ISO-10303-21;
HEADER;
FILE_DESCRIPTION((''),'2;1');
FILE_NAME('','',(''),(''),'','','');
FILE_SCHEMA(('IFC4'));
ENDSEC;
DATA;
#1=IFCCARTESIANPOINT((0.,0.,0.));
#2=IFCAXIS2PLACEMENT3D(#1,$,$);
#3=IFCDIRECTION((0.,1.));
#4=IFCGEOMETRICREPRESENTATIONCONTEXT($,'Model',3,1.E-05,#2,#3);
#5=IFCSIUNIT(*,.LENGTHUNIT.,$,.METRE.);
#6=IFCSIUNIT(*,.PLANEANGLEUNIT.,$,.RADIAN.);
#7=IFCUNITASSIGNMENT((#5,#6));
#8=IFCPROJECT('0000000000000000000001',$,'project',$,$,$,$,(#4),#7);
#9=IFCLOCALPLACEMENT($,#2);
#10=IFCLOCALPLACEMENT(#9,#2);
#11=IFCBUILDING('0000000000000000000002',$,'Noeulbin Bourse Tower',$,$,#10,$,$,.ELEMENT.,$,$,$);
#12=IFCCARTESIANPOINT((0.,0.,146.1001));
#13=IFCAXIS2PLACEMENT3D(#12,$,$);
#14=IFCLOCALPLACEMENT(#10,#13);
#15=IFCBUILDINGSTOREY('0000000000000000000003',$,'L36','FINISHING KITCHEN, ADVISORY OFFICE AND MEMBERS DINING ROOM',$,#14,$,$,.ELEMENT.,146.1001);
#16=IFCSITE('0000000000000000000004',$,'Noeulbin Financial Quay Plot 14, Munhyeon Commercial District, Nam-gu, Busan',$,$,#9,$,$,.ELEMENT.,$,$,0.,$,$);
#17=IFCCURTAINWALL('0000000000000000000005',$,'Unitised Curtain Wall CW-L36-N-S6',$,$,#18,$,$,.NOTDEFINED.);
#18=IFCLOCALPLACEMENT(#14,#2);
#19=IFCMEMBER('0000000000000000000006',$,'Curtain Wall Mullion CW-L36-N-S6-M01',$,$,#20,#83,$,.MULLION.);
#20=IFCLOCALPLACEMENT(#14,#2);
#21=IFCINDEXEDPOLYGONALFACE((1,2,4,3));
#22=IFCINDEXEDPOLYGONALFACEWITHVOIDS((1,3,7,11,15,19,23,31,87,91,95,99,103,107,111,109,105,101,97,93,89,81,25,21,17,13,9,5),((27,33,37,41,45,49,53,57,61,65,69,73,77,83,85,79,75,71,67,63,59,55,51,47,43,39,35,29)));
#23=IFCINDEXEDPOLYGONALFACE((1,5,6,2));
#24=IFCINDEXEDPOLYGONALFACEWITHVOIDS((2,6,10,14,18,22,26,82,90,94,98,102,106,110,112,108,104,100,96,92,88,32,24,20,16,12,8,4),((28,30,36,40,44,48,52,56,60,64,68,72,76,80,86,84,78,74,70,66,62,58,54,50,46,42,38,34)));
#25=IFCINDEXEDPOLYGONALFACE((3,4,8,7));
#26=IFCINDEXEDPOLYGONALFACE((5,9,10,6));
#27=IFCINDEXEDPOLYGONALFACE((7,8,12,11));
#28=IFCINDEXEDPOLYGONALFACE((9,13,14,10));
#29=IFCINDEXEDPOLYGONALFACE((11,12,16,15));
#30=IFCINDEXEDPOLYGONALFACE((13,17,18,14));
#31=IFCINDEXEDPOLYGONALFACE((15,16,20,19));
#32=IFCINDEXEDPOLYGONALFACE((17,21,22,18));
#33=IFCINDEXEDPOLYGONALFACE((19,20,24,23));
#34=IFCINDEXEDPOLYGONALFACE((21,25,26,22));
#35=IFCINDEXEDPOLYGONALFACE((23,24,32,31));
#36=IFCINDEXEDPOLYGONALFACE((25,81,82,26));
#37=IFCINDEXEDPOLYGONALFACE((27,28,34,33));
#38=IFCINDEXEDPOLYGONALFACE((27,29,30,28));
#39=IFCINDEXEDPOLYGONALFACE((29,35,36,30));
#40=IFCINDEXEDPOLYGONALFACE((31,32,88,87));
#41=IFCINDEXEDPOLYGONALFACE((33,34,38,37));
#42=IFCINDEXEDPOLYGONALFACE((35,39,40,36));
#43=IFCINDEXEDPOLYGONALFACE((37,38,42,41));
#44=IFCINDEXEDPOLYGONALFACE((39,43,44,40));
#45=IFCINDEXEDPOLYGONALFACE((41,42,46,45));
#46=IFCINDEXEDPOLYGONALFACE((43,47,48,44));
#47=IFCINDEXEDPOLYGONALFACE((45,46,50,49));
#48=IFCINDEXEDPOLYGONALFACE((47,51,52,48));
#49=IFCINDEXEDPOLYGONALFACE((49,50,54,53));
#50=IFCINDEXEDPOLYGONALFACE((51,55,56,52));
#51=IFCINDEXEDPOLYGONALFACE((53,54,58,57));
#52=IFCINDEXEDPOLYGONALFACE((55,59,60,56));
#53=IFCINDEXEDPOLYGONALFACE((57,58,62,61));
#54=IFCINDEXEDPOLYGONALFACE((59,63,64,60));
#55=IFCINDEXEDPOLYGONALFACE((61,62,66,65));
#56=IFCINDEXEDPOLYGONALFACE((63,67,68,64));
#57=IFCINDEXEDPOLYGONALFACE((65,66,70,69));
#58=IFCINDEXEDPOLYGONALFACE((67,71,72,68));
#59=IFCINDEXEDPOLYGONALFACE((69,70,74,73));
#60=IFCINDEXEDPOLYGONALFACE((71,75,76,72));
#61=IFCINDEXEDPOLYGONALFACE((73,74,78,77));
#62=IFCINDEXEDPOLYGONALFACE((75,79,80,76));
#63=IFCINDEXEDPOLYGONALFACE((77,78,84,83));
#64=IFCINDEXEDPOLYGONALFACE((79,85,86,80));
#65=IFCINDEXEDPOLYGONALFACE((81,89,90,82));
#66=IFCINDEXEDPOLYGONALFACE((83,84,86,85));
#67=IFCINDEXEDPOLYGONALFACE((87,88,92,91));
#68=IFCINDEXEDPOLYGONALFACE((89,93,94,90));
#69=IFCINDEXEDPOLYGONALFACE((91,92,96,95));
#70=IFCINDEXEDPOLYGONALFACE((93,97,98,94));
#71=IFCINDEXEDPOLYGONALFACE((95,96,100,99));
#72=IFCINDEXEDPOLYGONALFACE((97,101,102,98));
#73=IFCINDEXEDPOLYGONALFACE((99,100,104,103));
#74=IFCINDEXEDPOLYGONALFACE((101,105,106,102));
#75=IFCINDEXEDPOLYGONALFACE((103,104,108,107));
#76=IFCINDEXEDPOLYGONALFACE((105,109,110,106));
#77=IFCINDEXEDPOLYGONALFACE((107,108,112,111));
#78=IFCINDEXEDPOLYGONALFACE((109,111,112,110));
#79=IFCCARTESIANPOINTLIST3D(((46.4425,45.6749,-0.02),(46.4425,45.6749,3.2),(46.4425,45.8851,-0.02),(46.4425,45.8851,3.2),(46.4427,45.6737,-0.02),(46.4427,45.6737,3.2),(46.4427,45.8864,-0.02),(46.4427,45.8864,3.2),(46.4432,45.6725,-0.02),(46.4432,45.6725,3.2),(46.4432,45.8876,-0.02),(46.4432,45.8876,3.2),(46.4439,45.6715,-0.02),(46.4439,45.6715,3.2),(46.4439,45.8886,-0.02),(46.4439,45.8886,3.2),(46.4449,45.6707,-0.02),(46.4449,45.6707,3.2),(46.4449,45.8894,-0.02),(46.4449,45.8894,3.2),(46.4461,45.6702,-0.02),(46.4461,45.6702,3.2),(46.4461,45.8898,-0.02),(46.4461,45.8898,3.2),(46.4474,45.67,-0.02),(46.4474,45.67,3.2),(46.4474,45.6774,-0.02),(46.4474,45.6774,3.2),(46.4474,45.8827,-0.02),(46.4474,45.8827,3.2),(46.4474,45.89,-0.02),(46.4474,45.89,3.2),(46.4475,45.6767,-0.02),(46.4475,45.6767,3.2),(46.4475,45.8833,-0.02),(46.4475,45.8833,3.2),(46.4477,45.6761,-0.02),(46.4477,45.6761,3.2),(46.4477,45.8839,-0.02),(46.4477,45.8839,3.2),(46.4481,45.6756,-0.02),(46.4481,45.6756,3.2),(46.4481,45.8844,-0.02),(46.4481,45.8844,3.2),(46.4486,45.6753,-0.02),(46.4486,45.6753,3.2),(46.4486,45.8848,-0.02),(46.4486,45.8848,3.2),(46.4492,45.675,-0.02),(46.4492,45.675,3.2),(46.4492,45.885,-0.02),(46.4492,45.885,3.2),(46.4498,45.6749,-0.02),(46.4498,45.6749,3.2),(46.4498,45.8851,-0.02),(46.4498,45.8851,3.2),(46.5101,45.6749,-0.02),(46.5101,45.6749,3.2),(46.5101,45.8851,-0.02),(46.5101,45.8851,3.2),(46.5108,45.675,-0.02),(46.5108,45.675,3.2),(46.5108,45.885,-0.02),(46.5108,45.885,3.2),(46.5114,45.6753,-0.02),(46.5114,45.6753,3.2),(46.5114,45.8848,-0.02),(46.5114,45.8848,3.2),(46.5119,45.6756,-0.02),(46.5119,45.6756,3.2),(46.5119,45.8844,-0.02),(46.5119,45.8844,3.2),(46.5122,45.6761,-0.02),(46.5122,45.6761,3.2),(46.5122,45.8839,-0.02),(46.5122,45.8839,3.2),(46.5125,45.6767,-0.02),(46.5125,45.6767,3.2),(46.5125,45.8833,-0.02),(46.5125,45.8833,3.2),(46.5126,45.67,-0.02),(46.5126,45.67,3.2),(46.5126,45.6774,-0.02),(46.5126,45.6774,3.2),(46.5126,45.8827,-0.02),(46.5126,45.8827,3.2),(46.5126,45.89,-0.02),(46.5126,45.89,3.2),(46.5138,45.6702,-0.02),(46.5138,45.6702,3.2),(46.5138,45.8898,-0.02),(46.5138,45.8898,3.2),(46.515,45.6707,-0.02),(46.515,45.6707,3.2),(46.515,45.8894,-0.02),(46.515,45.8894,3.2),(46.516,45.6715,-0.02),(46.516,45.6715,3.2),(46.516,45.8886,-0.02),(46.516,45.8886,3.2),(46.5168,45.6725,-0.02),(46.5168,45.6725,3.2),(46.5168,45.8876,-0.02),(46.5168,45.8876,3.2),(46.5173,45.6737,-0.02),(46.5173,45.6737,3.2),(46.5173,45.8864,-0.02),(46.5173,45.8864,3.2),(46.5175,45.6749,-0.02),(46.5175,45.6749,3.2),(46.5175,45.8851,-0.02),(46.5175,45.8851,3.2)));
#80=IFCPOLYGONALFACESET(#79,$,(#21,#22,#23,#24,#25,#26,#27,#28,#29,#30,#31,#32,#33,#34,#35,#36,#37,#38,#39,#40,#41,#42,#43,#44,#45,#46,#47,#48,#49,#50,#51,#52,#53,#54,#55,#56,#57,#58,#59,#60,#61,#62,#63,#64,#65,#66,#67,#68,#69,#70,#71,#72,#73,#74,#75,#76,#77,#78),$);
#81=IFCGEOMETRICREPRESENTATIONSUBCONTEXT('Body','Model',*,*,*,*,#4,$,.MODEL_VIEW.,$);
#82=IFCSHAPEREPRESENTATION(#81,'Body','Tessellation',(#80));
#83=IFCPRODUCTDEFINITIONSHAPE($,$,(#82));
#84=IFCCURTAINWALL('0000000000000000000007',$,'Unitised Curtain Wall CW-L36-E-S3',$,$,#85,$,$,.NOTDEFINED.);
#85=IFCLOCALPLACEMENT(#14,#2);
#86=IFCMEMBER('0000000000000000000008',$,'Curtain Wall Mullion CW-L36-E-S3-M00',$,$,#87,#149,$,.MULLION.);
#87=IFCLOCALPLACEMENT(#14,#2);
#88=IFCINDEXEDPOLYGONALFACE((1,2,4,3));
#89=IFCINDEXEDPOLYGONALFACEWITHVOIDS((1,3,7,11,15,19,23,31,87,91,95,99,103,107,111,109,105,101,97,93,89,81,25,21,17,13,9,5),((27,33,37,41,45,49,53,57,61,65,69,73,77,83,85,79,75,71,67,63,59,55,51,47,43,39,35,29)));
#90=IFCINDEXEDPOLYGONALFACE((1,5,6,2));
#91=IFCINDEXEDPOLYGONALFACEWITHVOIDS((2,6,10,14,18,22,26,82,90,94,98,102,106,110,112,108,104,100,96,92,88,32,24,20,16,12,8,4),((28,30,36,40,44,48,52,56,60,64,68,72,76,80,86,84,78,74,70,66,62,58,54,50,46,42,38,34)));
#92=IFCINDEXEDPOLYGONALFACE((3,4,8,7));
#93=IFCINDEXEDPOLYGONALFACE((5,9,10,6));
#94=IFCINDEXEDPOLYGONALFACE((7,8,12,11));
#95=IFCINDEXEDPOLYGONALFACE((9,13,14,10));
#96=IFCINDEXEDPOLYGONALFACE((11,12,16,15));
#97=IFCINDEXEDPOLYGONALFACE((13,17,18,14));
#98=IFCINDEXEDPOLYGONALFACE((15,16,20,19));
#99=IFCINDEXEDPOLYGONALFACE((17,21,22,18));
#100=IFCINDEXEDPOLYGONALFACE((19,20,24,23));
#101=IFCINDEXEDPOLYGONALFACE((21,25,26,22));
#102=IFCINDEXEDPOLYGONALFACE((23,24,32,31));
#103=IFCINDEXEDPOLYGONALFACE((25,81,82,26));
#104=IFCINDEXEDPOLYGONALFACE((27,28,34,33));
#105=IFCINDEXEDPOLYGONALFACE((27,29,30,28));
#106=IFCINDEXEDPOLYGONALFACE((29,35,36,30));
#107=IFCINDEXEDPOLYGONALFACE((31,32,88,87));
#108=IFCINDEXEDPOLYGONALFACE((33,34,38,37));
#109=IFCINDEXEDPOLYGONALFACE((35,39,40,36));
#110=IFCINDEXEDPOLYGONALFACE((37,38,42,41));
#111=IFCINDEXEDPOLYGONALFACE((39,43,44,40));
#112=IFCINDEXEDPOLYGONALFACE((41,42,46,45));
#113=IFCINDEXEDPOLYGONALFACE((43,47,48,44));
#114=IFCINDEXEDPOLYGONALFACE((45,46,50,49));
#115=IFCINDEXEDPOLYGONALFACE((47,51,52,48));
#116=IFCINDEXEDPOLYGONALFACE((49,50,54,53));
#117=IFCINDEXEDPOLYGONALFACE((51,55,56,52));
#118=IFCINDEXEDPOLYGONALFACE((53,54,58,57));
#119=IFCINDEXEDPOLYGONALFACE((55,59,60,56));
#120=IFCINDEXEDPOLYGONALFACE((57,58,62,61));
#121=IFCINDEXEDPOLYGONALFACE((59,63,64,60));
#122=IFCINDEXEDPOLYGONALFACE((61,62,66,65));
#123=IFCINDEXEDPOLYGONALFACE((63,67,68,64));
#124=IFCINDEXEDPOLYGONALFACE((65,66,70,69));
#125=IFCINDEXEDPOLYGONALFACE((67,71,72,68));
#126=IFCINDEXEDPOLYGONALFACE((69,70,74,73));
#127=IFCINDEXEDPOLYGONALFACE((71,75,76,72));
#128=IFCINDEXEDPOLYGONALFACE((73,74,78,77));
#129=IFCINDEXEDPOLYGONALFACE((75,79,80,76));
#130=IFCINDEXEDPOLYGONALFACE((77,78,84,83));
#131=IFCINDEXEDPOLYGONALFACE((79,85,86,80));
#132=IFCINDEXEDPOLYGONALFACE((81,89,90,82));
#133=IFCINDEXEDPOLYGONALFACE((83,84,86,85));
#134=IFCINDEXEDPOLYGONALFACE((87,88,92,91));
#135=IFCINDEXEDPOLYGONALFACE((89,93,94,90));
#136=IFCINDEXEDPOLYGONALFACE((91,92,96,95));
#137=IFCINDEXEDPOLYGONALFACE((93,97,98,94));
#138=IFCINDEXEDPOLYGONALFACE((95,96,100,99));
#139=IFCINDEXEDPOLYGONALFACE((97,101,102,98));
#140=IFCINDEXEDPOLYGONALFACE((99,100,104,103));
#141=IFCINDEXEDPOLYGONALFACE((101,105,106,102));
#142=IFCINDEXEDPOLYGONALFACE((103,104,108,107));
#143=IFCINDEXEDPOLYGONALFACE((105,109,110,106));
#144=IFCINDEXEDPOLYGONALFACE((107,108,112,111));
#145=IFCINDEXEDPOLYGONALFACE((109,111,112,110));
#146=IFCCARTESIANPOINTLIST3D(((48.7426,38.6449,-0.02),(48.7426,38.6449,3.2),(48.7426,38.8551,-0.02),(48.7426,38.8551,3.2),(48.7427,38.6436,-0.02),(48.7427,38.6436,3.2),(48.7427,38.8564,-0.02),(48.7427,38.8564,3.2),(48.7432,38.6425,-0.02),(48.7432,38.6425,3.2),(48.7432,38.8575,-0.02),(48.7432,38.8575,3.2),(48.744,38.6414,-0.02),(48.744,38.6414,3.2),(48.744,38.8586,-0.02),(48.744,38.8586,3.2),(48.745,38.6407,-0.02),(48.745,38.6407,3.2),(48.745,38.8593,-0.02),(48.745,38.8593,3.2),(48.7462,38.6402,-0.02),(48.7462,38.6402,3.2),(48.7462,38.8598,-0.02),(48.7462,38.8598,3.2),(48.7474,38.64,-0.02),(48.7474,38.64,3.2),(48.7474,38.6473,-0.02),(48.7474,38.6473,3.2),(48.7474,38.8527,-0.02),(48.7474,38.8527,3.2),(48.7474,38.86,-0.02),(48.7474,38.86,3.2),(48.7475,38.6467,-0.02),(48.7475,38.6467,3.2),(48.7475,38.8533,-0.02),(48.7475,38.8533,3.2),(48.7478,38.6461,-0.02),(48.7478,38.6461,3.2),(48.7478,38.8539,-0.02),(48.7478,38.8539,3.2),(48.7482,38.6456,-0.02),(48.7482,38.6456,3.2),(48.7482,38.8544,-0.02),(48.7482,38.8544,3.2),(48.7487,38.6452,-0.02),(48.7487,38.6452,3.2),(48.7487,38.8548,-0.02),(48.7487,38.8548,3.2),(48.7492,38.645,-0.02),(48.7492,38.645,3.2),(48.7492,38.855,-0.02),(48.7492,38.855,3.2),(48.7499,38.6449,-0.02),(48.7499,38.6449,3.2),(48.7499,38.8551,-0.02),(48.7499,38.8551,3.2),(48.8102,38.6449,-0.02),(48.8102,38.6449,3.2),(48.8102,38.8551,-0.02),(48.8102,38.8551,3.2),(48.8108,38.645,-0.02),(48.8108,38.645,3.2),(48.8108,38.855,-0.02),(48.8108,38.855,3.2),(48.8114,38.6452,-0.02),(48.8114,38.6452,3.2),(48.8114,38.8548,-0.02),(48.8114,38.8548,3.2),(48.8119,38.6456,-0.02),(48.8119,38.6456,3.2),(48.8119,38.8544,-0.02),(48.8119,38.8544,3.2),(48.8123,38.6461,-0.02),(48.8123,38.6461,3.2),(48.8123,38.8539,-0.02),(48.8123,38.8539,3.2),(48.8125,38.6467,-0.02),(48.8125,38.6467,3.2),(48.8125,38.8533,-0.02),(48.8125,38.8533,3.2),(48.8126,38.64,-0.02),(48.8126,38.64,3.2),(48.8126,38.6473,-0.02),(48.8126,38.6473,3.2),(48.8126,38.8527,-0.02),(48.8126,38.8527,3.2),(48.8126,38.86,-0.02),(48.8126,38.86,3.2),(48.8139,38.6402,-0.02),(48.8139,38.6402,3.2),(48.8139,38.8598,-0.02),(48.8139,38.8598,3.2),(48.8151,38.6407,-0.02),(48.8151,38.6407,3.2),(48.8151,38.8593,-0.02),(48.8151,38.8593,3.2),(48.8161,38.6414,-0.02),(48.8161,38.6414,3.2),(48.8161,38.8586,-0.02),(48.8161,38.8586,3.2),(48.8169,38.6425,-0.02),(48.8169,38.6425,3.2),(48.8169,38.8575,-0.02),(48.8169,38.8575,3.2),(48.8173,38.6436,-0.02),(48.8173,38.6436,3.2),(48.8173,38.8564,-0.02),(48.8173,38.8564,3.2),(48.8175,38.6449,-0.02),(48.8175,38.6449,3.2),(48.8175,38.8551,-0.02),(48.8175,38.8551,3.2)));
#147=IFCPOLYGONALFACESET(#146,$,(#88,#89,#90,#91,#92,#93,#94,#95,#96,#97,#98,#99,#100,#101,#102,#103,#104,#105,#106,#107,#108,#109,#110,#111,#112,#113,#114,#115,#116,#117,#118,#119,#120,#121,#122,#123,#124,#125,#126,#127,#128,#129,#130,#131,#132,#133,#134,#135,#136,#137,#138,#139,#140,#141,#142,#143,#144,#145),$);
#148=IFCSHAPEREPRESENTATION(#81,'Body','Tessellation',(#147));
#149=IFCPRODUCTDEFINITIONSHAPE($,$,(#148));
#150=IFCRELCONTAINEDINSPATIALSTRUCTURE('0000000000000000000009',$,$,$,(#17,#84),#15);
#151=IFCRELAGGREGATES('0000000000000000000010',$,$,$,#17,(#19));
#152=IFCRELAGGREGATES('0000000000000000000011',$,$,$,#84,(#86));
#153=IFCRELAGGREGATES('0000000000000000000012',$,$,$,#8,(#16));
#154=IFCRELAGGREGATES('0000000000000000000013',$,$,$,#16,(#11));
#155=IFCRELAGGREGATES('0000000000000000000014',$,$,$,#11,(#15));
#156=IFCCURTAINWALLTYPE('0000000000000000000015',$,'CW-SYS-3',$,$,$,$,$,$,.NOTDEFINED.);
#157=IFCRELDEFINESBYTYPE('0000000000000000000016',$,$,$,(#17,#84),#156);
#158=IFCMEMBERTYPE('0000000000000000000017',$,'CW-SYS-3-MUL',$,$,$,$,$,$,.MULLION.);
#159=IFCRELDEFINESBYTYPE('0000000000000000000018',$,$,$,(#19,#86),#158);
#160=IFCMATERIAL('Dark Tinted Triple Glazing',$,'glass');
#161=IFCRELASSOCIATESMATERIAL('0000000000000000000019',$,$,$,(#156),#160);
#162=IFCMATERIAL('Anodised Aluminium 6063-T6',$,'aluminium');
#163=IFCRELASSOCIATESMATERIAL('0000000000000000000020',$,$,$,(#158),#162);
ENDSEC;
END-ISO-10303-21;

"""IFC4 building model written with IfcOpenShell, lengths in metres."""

from ifc_helpers import new_model, si_unit, direction, frame, origin, origin_2d, place, context, subcontext, project, spatial, hollow_rectangle, extrude, material, material_profile, profile_set, type_object, element, aggregate, save


model = new_model("IFC4")

# Units and contexts
model_context = context("Model", 3, precision=1e-05, world=origin(), true_north=direction((0.0, 1.0)))
body_context = subcontext(model_context, "Body", "Model", "MODEL_VIEW")
ifc_project = project(units=[si_unit("LENGTHUNIT", "METRE"), si_unit("PLANEANGLEUNIT", "RADIAN")], contexts=[model_context])

# Site, building, storey
site_placement = place(None, origin())
site = spatial("IfcSite", under=ifc_project, at=site_placement, Name="Noeulbin Financial Quay Plot 14, Munhyeon Commercial District, Nam-gu, Busan", CompositionType="ELEMENT", RefElevation=0.0)
building_placement = place(site_placement, origin())
building = spatial("IfcBuilding", under=site, at=building_placement, Name="Noeulbin Bourse Tower", CompositionType="ELEMENT")
storey_placement = place(building_placement, frame((0.0, 0.0, 146.1001)))
storey = spatial("IfcBuildingStorey", under=building, at=storey_placement, Name="L36", Description="FINISHING KITCHEN, ADVISORY OFFICE AND MEMBERS DINING ROOM", CompositionType="ELEMENT", Elevation=146.1001)

# Shared definitions
ifc_material_1 = material(Name="Dark Tinted Triple Glazing", Category="glass")
curtain_wall_type = type_object("IfcCurtainWallType", Name="CW-SYS-3", PredefinedType="NOTDEFINED", material=ifc_material_1)
ifc_material_2 = material(Name="Anodised Aluminium 6063-T6", Category="aluminium")
ifc_material_profile_1 = material_profile(ifc_material_2, hollow_rectangle(XDim=0.075, YDim=0.22, WallThickness=0.0049, InnerFilletRadius=0.0024, OuterFilletRadius=0.0049, at=origin_2d()), Name="ALU-MULL-75x220x5", Category="LoadBearing")
ifc_profile_set_1 = profile_set([ifc_material_profile_1], Name="Anodised Aluminium 6063-T6")
member_type_1 = type_object("IfcMemberType", Name="CW-SYS-3-MUL", PredefinedType="MULLION", material=ifc_profile_set_1)

# Curtain walls, members
curtain_wall_1_placement = place(storey_placement, origin())
curtain_wall_1 = element("IfcCurtainWall", 1, at=curtain_wall_1_placement, inside=storey, type_object=curtain_wall_type, Name="Unitised Curtain Wall CW-L36-N-S6", PredefinedType="NOTDEFINED")
member_1_placement = place(storey_placement, frame((46.48, 45.78, -0.02), z_axis=(0.0, 0.0, 1.0), x_axis=(1.0, 0.0, 0.0)))
member_1 = element("IfcMember", 2, at=member_1_placement, type_object=member_type_1, Name="Curtain Wall Mullion CW-L36-N-S6-M01", PredefinedType="MULLION", context=body_context, shape_type="SweptSolid", body=[
    extrude(hollow_rectangle(XDim=0.075, YDim=0.22, WallThickness=0.0049, InnerFilletRadius=0.0024, OuterFilletRadius=0.0049, at=origin_2d()), origin(), (0.0, 0.0, 1.0), 3.22),
])
curtain_wall_2_placement = place(storey_placement, origin())
curtain_wall_2 = element("IfcCurtainWall", 3, at=curtain_wall_2_placement, inside=storey, type_object=curtain_wall_type, Name="Unitised Curtain Wall CW-L36-E-S3", PredefinedType="NOTDEFINED")
member_2_placement = place(storey_placement, frame((48.78, 38.75, -0.02), z_axis=(0.0, 0.0, 1.0), x_axis=(1.0, 0.0, 0.0)))
member_2 = element("IfcMember", 4, at=member_2_placement, type_object=member_type_1, Name="Curtain Wall Mullion CW-L36-E-S3-M00", PredefinedType="MULLION", context=body_context, shape_type="SweptSolid", body=[
    extrude(hollow_rectangle(XDim=0.075, YDim=0.22, WallThickness=0.0049, InnerFilletRadius=0.0024, OuterFilletRadius=0.0049, at=origin_2d()), origin(), (0.0, 0.0, 1.0), 3.22),
])

aggregate(curtain_wall_1, [member_1])
aggregate(curtain_wall_2, [member_2])

save(model, "model.ifc")
